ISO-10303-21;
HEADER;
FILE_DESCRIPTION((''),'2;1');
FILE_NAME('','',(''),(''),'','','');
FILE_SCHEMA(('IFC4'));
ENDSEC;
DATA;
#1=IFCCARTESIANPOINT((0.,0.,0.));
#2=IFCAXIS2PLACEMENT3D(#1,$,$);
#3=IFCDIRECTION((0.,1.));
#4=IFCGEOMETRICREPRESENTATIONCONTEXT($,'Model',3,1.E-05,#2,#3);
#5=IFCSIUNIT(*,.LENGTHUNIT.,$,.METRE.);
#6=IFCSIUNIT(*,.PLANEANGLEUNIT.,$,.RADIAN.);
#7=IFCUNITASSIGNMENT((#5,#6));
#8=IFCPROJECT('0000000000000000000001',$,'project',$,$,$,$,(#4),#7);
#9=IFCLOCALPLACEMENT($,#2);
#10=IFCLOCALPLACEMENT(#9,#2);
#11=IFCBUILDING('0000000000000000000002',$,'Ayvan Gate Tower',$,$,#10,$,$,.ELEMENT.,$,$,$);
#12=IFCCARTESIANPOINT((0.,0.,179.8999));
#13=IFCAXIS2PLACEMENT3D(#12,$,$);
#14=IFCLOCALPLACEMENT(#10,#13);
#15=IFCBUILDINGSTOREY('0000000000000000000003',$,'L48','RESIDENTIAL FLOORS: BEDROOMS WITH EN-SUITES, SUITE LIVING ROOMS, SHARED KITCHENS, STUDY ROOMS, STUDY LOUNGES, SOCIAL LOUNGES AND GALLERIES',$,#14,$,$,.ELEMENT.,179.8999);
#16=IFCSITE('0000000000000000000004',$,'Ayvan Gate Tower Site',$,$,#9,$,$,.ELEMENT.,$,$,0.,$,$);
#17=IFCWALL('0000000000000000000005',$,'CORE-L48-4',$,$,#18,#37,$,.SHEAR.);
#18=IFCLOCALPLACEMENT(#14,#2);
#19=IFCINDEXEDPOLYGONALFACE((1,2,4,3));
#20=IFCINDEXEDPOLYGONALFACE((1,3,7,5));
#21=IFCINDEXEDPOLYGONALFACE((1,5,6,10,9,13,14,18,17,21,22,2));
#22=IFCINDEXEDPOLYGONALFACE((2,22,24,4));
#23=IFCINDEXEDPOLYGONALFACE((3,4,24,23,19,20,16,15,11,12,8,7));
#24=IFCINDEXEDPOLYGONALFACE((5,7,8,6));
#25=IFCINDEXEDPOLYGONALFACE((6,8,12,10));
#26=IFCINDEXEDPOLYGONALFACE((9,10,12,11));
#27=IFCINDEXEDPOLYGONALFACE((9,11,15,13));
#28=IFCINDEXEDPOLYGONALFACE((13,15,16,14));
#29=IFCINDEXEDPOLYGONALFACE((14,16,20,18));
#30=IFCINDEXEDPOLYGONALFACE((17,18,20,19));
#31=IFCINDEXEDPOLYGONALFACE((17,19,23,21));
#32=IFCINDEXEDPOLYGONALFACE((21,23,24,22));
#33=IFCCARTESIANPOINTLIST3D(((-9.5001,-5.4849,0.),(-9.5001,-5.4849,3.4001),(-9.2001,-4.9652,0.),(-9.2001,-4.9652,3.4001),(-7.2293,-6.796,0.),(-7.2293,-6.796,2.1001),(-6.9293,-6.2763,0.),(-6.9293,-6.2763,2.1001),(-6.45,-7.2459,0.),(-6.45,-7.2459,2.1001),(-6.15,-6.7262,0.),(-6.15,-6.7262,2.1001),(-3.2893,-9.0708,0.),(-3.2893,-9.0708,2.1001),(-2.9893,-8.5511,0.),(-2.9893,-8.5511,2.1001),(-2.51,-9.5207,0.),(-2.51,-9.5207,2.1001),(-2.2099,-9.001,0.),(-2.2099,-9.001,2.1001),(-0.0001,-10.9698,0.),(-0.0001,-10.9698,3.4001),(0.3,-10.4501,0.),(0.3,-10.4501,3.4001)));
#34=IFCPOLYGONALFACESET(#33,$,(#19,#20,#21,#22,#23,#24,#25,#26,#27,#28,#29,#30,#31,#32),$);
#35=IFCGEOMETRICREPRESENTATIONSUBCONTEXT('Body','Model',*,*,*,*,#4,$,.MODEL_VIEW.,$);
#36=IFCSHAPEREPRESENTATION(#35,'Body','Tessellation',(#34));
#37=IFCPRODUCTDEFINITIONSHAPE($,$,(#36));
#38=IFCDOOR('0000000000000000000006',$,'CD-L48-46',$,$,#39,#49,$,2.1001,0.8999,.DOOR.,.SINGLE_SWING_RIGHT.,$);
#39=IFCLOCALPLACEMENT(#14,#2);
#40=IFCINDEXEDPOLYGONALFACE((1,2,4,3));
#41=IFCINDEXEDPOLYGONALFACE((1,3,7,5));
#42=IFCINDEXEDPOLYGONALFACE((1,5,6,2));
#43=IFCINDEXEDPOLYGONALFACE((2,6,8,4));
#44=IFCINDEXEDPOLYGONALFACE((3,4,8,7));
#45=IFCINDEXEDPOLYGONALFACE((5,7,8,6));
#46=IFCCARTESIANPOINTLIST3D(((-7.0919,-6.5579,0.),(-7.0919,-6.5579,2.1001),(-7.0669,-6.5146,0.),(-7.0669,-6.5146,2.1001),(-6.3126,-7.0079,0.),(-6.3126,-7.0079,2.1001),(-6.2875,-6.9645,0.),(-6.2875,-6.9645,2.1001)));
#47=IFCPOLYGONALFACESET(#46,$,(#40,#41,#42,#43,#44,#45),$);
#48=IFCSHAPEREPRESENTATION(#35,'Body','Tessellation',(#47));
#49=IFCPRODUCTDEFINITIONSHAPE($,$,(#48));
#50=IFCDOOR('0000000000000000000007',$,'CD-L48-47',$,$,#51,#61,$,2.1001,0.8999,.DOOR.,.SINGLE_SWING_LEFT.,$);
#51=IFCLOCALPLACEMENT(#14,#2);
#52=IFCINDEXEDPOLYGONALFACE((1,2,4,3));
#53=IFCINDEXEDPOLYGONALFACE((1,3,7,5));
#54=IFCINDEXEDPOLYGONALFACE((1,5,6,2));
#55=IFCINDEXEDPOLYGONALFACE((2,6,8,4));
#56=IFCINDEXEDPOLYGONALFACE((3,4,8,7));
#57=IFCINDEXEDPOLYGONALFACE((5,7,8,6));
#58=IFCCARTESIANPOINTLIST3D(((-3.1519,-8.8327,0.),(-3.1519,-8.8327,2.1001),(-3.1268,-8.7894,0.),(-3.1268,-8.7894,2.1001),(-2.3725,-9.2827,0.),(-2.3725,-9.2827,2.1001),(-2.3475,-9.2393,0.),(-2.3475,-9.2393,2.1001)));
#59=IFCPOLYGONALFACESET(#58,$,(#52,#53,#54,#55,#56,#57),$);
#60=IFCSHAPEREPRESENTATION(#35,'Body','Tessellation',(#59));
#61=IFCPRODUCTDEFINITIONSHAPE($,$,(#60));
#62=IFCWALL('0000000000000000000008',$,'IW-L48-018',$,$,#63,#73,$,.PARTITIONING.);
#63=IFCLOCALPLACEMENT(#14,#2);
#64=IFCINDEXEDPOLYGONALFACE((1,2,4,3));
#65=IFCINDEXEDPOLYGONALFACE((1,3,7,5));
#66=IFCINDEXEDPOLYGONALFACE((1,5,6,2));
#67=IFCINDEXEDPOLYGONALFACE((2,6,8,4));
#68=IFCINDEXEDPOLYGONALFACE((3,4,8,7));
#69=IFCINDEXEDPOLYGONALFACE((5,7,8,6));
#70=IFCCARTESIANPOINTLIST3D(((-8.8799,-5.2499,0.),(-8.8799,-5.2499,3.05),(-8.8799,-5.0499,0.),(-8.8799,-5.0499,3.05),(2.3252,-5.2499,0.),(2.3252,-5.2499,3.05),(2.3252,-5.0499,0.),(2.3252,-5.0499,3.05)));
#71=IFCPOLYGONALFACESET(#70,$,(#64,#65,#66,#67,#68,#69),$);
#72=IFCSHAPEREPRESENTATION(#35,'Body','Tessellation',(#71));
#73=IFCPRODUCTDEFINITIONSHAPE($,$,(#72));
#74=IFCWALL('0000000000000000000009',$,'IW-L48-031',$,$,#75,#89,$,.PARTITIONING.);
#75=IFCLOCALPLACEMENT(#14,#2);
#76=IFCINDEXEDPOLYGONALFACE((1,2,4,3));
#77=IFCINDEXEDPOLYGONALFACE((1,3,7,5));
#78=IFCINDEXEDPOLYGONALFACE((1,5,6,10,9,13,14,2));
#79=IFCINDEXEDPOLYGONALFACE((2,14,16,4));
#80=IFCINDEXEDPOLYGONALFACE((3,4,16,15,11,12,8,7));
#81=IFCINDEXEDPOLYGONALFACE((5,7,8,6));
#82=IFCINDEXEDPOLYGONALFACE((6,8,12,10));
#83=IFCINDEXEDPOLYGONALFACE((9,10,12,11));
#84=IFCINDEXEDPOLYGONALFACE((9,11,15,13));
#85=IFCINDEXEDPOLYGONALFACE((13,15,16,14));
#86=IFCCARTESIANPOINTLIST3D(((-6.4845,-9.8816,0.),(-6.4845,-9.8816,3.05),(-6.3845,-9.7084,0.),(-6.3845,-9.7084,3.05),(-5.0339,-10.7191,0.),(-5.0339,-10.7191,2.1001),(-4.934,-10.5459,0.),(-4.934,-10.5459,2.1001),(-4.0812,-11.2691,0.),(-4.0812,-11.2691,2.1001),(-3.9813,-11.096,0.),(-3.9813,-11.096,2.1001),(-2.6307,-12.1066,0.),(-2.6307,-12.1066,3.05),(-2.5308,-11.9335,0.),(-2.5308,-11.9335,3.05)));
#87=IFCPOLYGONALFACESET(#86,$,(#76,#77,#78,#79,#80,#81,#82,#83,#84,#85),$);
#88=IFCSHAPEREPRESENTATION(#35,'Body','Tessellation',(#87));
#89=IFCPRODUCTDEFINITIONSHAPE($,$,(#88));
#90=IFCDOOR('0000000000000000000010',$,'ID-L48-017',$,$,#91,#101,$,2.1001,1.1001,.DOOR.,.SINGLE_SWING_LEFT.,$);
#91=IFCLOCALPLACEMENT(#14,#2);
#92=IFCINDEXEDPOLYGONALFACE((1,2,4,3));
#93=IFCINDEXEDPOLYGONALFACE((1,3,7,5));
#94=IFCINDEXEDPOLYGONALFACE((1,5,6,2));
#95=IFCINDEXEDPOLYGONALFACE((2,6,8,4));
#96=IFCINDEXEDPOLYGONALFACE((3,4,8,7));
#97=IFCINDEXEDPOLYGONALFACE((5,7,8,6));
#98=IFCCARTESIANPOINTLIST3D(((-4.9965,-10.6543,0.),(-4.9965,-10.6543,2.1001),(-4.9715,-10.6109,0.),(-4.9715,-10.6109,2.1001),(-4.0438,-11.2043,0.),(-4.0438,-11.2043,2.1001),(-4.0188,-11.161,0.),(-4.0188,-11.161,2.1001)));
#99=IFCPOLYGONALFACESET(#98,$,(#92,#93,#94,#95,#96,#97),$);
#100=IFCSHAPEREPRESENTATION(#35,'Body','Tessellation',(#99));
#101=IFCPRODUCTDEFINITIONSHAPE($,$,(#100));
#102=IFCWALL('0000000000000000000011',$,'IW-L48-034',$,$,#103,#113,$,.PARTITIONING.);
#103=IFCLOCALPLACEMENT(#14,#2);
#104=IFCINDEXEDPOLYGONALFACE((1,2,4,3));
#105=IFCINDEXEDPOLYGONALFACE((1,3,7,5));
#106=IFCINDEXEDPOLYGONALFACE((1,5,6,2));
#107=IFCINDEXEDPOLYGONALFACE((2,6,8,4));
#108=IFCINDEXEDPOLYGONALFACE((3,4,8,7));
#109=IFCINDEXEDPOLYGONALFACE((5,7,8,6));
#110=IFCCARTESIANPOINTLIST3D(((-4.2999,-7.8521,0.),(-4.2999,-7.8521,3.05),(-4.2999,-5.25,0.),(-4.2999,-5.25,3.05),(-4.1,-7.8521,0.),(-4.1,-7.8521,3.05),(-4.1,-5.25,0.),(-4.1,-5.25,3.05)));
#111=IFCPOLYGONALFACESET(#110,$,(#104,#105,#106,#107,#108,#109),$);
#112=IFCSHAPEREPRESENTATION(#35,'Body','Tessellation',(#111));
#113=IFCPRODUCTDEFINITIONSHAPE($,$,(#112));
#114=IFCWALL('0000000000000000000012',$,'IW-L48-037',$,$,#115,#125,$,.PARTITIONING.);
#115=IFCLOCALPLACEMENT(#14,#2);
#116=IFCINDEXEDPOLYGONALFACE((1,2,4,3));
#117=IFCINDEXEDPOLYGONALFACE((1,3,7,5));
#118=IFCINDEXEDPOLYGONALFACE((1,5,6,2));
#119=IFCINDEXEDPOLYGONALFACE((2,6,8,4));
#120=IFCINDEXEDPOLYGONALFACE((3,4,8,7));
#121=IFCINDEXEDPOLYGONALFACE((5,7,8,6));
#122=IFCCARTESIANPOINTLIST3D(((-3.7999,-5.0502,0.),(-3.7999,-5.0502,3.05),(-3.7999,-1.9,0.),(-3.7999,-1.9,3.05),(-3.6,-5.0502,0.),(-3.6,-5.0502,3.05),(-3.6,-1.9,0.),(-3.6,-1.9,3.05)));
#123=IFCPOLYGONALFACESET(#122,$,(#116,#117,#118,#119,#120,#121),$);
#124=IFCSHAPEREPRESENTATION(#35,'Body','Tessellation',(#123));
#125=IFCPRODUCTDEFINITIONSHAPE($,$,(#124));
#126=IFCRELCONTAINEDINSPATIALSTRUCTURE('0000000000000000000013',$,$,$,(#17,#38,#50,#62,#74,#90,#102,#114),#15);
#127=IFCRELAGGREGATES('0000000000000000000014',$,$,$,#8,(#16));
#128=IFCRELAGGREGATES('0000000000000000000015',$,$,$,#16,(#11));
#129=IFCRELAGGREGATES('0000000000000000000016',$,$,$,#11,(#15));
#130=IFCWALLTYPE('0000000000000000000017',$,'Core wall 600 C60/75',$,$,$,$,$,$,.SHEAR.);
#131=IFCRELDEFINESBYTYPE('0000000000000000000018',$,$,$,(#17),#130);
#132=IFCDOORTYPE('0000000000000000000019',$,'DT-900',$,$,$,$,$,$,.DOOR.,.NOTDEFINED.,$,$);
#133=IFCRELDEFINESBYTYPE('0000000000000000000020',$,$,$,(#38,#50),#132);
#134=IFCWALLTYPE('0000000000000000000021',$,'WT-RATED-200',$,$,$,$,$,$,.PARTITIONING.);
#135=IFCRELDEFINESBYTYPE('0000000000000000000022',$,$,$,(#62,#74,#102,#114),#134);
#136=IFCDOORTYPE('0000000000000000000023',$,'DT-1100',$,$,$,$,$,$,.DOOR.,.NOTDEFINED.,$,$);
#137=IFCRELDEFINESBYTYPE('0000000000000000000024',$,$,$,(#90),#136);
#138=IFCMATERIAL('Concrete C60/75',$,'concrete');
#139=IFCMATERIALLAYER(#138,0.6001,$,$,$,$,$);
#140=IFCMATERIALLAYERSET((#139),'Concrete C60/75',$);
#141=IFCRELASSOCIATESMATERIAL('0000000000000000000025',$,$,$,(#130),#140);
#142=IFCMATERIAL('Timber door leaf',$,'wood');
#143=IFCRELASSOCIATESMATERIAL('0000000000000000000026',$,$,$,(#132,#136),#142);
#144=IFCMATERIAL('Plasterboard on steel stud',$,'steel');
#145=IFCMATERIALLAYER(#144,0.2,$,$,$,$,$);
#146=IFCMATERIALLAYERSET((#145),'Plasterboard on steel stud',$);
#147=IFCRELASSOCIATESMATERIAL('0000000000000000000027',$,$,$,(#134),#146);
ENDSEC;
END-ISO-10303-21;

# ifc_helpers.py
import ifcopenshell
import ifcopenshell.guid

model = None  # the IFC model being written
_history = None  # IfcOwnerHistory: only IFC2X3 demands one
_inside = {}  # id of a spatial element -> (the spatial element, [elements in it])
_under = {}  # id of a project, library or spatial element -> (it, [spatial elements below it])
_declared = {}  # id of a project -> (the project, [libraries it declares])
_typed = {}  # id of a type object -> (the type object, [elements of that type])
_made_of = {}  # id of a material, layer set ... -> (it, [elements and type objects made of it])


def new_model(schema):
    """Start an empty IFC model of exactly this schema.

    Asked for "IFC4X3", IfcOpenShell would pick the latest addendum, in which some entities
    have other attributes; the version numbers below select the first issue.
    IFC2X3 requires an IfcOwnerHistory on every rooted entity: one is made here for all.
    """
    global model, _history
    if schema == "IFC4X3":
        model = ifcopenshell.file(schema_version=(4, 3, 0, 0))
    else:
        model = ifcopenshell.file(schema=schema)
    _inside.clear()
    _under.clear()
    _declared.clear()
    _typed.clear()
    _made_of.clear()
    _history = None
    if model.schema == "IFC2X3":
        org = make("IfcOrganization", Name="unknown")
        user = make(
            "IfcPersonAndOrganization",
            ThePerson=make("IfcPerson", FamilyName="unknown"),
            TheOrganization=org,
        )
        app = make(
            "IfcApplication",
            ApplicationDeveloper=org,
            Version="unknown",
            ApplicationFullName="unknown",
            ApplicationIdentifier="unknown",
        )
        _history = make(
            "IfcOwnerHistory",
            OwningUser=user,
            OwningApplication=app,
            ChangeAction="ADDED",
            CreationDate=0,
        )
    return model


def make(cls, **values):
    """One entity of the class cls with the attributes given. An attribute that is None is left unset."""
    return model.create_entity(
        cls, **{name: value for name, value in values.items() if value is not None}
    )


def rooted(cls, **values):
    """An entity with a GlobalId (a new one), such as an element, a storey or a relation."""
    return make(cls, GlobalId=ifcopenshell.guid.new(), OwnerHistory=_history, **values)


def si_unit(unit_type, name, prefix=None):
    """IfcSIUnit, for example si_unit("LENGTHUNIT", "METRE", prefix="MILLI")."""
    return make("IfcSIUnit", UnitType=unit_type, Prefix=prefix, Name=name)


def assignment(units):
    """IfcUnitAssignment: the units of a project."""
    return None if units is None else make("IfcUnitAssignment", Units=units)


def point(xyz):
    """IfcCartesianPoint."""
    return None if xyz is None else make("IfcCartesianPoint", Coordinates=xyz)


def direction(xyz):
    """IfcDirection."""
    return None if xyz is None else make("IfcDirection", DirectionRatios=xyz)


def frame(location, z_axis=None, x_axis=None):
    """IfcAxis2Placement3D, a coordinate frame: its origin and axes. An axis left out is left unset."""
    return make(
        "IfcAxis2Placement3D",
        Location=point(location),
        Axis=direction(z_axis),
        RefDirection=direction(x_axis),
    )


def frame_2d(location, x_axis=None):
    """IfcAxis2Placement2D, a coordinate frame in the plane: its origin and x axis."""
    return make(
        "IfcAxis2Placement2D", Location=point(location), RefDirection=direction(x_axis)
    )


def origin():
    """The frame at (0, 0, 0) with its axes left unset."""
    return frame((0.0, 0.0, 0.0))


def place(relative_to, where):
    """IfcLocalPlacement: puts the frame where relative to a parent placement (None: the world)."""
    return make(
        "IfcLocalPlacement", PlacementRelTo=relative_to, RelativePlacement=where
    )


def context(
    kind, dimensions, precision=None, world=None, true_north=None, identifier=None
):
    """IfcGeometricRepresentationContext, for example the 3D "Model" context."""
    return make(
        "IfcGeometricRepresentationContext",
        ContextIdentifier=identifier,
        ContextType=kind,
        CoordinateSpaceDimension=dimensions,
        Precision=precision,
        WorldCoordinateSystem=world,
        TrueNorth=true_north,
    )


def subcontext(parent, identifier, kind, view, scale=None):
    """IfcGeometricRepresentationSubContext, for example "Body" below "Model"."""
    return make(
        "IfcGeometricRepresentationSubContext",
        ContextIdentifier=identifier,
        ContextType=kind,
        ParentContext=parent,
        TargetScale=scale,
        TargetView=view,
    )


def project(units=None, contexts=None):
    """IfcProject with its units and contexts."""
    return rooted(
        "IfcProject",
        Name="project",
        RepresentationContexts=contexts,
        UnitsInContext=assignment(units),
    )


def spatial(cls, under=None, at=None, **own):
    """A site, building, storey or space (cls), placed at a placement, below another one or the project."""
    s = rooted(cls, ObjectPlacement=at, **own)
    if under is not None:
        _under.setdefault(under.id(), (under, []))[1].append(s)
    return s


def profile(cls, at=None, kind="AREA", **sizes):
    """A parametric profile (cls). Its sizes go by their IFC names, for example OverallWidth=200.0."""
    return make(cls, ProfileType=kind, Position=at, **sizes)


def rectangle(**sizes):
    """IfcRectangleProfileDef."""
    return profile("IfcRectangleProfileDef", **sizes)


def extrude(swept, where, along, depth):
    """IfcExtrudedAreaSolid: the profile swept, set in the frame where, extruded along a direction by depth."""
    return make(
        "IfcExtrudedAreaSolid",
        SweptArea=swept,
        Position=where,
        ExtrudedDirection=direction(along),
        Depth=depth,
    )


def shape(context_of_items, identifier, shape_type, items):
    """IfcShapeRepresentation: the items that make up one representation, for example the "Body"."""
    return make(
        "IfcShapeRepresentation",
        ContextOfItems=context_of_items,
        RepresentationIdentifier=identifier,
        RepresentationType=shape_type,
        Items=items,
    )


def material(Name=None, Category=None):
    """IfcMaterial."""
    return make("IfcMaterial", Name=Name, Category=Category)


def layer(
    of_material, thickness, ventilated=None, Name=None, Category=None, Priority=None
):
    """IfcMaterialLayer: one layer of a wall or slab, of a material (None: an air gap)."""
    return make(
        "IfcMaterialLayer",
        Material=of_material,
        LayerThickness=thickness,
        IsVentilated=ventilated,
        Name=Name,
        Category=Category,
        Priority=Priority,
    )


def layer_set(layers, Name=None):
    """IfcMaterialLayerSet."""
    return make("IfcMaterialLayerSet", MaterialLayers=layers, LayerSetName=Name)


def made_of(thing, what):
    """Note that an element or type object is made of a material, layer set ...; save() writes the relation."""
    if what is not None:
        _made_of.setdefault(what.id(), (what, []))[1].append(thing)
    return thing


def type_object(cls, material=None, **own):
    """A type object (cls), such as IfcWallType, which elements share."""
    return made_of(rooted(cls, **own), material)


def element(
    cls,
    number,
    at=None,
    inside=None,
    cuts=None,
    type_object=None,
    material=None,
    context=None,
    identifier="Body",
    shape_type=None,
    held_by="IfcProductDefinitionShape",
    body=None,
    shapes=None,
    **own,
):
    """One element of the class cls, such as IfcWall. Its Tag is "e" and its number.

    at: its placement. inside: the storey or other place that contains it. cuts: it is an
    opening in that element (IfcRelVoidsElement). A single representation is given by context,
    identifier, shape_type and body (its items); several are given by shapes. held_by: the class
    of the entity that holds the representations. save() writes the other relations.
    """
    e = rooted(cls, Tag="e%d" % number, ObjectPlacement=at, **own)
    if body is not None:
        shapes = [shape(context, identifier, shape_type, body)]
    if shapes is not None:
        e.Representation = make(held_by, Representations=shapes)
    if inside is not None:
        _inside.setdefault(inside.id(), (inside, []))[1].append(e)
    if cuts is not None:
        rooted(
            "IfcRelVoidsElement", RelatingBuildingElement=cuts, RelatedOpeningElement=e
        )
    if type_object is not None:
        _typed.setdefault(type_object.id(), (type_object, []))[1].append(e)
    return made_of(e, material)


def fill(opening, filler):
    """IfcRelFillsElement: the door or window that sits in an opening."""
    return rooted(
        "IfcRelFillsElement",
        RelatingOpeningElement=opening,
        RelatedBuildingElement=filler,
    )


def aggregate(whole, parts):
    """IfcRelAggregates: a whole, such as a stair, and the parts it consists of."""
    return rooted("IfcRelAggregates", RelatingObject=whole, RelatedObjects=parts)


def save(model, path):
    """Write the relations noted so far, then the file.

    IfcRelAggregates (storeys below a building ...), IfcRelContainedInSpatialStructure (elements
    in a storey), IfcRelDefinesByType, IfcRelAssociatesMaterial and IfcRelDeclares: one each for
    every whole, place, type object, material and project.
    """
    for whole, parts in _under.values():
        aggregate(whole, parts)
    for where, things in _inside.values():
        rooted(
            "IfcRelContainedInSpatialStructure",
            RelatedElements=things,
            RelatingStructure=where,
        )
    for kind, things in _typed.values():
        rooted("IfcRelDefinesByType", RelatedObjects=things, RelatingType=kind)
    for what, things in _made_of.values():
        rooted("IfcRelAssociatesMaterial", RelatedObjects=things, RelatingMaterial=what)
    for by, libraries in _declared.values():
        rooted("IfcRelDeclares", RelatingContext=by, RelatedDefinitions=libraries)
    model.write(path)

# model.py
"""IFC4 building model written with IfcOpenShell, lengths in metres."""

from ifc_helpers import new_model, si_unit, direction, frame, frame_2d, origin, place, context, subcontext, project, spatial, rectangle, extrude, material, layer, layer_set, type_object, element, fill, save


model = new_model("IFC4")

# Units and contexts
model_context = context("Model", 3, precision=1e-05, world=origin(), true_north=direction((0.0, 1.0)))
body_context = subcontext(model_context, "Body", "Model", "MODEL_VIEW")
ifc_project = project(units=[si_unit("LENGTHUNIT", "METRE"), si_unit("PLANEANGLEUNIT", "RADIAN")], contexts=[model_context])

# Site, building, storey
site_placement = place(None, origin())
site = spatial("IfcSite", under=ifc_project, at=site_placement, Name="Ayvan Gate Tower Site", CompositionType="ELEMENT", RefElevation=0.0)
building_placement = place(site_placement, origin())
building = spatial("IfcBuilding", under=site, at=building_placement, Name="Ayvan Gate Tower", CompositionType="ELEMENT")
storey_placement = place(building_placement, frame((0.0, 0.0, 179.8999)))
storey = spatial("IfcBuildingStorey", under=building, at=storey_placement, Name="L48", Description="RESIDENTIAL FLOORS: BEDROOMS WITH EN-SUITES, SUITE LIVING ROOMS, SHARED KITCHENS, STUDY ROOMS, STUDY LOUNGES, SOCIAL LOUNGES AND GALLERIES", CompositionType="ELEMENT", Elevation=179.8999)

# Wall, openings, doors
ifc_material_1 = material(Name="Concrete C60/75", Category="concrete")
ifc_layer_1 = layer(ifc_material_1, 0.6001)
ifc_layer_set_1 = layer_set([ifc_layer_1], Name="Concrete C60/75")
wall_type_1 = type_object("IfcWallType", Name="Core wall 600 C60/75", PredefinedType="SHEAR", material=ifc_layer_set_1)
wall_1_placement = place(storey_placement, frame((-9.3501, -5.2251, 0.0), z_axis=(0.0, 0.0, 1.0), x_axis=(0.866024, -0.500002, 0.0)))
wall_1 = element("IfcWall", 1, at=wall_1_placement, inside=storey, type_object=wall_type_1, Name="CORE-L48-4", PredefinedType="SHEAR", context=body_context, shape_type="SweptSolid", body=[
    extrude(rectangle(XDim=10.9697, YDim=0.6001, at=frame_2d((5.4849, 0.0))), origin(), (0.0, 0.0, 1.0), 3.4001),
])
opening_1_placement = place(wall_1_placement, frame((2.6221, 0.0, 0.0)))
opening_1 = element("IfcOpeningElement", 2, at=opening_1_placement, cuts=wall_1, PredefinedType="OPENING", context=body_context, shape_type="SweptSolid", body=[
    extrude(rectangle(XDim=0.8999, YDim=2.1001, at=frame_2d((0.45, 1.05))), frame((0.0, 0.3101, 0.0), z_axis=(0.0, -1.0, 0.0), x_axis=(1.0, 0.0, 0.0)), (0.0, 0.0, 1.0), 0.6201),
])
opening_2_placement = place(wall_1_placement, frame((7.1716, 0.0, 0.0)))
opening_2 = element("IfcOpeningElement", 3, at=opening_2_placement, cuts=wall_1, PredefinedType="OPENING", context=body_context, shape_type="SweptSolid", body=[
    extrude(rectangle(XDim=0.8999, YDim=2.1001, at=frame_2d((0.45, 1.05))), frame((0.0, 0.3101, 0.0), z_axis=(0.0, -1.0, 0.0), x_axis=(1.0, 0.0, 0.0)), (0.0, 0.0, 1.0), 0.6201),
])
ifc_material_2 = material(Name="Timber door leaf", Category="wood")
door_type_1 = type_object("IfcDoorType", Name="DT-900", OperationType="NOTDEFINED", PredefinedType="DOOR", material=ifc_material_2)
door_1_placement = place(opening_1_placement, origin())
door_1 = element("IfcDoor", 4, at=door_1_placement, inside=storey, type_object=door_type_1, Name="CD-L48-46", OperationType="SINGLE_SWING_RIGHT", OverallHeight=2.1001, OverallWidth=0.8999, PredefinedType="DOOR", context=body_context, shape_type="SweptSolid", body=[
    extrude(rectangle(XDim=0.8999, YDim=2.1001, at=frame_2d((0.45, 1.05))), frame((0.0, 0.0249, 0.0), z_axis=(0.0, -1.0, 0.0), x_axis=(1.0, 0.0, 0.0)), (0.0, 0.0, 1.0), 0.05),
])
fill(opening_1, door_1)
door_2_placement = place(opening_2_placement, origin())
door_2 = element("IfcDoor", 5, at=door_2_placement, inside=storey, type_object=door_type_1, Name="CD-L48-47", OperationType="SINGLE_SWING_LEFT", OverallHeight=2.1001, OverallWidth=0.8999, PredefinedType="DOOR", context=body_context, shape_type="SweptSolid", body=[
    extrude(rectangle(XDim=0.8999, YDim=2.1001, at=frame_2d((0.45, 1.05))), frame((0.0, 0.0249, 0.0), z_axis=(0.0, -1.0, 0.0), x_axis=(1.0, 0.0, 0.0)), (0.0, 0.0, 1.0), 0.05),
])
fill(opening_2, door_2)

# Wall
ifc_material_3 = material(Name="Plasterboard on steel stud", Category="steel")
ifc_layer_2 = layer(ifc_material_3, 0.2)
ifc_layer_set_2 = layer_set([ifc_layer_2], Name="Plasterboard on steel stud")
wall_type_2 = type_object("IfcWallType", Name="WT-RATED-200", PredefinedType="PARTITIONING", material=ifc_layer_set_2)
wall_2_placement = place(storey_placement, frame((-8.8799, -5.1499, 0.0), z_axis=(0.0, 0.0, 1.0), x_axis=(1.0, 0.0, 0.0)))
element("IfcWall", 6, at=wall_2_placement, inside=storey, type_object=wall_type_2, Name="IW-L48-018", PredefinedType="PARTITIONING", context=body_context, shape_type="SweptSolid", body=[
    extrude(rectangle(XDim=11.2051, YDim=0.2, at=frame_2d((5.6025, 0.0))), origin(), (0.0, 0.0, 1.0), 3.05),
])

# Wall, opening, door
wall_3_placement = place(storey_placement, frame((-6.4346, -9.7949, 0.0), z_axis=(0.0, 0.0, 1.0), x_axis=(0.866013, -0.500022, 0.0)))
wall_3 = element("IfcWall", 7, at=wall_3_placement, inside=storey, type_object=wall_type_2, Name="IW-L48-031", PredefinedType="PARTITIONING", context=body_context, shape_type="SweptSolid", body=[
    extrude(rectangle(XDim=4.45, YDim=0.2, at=frame_2d((2.2251, 0.0))), origin(), (0.0, 0.0, 1.0), 3.05),
])
opening_3_placement = place(wall_3_placement, frame((1.675, 0.0, 0.0)))
opening_3 = element("IfcOpeningElement", 8, at=opening_3_placement, cuts=wall_3, PredefinedType="OPENING", context=body_context, shape_type="SweptSolid", body=[
    extrude(rectangle(XDim=1.1001, YDim=2.1001, at=frame_2d((0.55, 1.05))), frame((0.0, 0.1099, 0.0), z_axis=(0.0, -1.0, 0.0), x_axis=(1.0, 0.0, 0.0)), (0.0, 0.0, 1.0), 0.22),
])
door_type_2 = type_object("IfcDoorType", Name="DT-1100", OperationType="NOTDEFINED", PredefinedType="DOOR", material=ifc_material_2)
door_3_placement = place(opening_3_placement, origin())
door_3 = element("IfcDoor", 9, at=door_3_placement, inside=storey, type_object=door_type_2, Name="ID-L48-017", OperationType="SINGLE_SWING_LEFT", OverallHeight=2.1001, OverallWidth=1.1001, PredefinedType="DOOR", context=body_context, shape_type="SweptSolid", body=[
    extrude(rectangle(XDim=1.1001, YDim=2.1001, at=frame_2d((0.55, 1.05))), frame((0.0, 0.0249, 0.0), z_axis=(0.0, -1.0, 0.0), x_axis=(1.0, 0.0, 0.0)), (0.0, 0.0, 1.0), 0.05),
])
fill(opening_3, door_3)

# Walls
wall_4_placement = place(storey_placement, frame((-4.2, -5.25, 0.0), z_axis=(0.0, 0.0, 1.0), x_axis=(0.0, -1.0, 0.0)))
element("IfcWall", 10, at=wall_4_placement, inside=storey, type_object=wall_type_2, Name="IW-L48-034", PredefinedType="PARTITIONING", context=body_context, shape_type="SweptSolid", body=[
    extrude(rectangle(XDim=2.6021, YDim=0.2, at=frame_2d((1.301, 0.0))), origin(), (0.0, 0.0, 1.0), 3.05),
])
wall_5_placement = place(storey_placement, frame((-3.7, -1.8999, 0.0), z_axis=(0.0, 0.0, 1.0), x_axis=(0.0, -1.0, 0.0)))
element("IfcWall", 11, at=wall_5_placement, inside=storey, type_object=wall_type_2, Name="IW-L48-037", PredefinedType="PARTITIONING", context=body_context, shape_type="SweptSolid", body=[
    extrude(rectangle(XDim=3.1501, YDim=0.2, at=frame_2d((1.5752, 0.0))), origin(), (0.0, 0.0, 1.0), 3.05),
])

save(model, "model.ifc")
